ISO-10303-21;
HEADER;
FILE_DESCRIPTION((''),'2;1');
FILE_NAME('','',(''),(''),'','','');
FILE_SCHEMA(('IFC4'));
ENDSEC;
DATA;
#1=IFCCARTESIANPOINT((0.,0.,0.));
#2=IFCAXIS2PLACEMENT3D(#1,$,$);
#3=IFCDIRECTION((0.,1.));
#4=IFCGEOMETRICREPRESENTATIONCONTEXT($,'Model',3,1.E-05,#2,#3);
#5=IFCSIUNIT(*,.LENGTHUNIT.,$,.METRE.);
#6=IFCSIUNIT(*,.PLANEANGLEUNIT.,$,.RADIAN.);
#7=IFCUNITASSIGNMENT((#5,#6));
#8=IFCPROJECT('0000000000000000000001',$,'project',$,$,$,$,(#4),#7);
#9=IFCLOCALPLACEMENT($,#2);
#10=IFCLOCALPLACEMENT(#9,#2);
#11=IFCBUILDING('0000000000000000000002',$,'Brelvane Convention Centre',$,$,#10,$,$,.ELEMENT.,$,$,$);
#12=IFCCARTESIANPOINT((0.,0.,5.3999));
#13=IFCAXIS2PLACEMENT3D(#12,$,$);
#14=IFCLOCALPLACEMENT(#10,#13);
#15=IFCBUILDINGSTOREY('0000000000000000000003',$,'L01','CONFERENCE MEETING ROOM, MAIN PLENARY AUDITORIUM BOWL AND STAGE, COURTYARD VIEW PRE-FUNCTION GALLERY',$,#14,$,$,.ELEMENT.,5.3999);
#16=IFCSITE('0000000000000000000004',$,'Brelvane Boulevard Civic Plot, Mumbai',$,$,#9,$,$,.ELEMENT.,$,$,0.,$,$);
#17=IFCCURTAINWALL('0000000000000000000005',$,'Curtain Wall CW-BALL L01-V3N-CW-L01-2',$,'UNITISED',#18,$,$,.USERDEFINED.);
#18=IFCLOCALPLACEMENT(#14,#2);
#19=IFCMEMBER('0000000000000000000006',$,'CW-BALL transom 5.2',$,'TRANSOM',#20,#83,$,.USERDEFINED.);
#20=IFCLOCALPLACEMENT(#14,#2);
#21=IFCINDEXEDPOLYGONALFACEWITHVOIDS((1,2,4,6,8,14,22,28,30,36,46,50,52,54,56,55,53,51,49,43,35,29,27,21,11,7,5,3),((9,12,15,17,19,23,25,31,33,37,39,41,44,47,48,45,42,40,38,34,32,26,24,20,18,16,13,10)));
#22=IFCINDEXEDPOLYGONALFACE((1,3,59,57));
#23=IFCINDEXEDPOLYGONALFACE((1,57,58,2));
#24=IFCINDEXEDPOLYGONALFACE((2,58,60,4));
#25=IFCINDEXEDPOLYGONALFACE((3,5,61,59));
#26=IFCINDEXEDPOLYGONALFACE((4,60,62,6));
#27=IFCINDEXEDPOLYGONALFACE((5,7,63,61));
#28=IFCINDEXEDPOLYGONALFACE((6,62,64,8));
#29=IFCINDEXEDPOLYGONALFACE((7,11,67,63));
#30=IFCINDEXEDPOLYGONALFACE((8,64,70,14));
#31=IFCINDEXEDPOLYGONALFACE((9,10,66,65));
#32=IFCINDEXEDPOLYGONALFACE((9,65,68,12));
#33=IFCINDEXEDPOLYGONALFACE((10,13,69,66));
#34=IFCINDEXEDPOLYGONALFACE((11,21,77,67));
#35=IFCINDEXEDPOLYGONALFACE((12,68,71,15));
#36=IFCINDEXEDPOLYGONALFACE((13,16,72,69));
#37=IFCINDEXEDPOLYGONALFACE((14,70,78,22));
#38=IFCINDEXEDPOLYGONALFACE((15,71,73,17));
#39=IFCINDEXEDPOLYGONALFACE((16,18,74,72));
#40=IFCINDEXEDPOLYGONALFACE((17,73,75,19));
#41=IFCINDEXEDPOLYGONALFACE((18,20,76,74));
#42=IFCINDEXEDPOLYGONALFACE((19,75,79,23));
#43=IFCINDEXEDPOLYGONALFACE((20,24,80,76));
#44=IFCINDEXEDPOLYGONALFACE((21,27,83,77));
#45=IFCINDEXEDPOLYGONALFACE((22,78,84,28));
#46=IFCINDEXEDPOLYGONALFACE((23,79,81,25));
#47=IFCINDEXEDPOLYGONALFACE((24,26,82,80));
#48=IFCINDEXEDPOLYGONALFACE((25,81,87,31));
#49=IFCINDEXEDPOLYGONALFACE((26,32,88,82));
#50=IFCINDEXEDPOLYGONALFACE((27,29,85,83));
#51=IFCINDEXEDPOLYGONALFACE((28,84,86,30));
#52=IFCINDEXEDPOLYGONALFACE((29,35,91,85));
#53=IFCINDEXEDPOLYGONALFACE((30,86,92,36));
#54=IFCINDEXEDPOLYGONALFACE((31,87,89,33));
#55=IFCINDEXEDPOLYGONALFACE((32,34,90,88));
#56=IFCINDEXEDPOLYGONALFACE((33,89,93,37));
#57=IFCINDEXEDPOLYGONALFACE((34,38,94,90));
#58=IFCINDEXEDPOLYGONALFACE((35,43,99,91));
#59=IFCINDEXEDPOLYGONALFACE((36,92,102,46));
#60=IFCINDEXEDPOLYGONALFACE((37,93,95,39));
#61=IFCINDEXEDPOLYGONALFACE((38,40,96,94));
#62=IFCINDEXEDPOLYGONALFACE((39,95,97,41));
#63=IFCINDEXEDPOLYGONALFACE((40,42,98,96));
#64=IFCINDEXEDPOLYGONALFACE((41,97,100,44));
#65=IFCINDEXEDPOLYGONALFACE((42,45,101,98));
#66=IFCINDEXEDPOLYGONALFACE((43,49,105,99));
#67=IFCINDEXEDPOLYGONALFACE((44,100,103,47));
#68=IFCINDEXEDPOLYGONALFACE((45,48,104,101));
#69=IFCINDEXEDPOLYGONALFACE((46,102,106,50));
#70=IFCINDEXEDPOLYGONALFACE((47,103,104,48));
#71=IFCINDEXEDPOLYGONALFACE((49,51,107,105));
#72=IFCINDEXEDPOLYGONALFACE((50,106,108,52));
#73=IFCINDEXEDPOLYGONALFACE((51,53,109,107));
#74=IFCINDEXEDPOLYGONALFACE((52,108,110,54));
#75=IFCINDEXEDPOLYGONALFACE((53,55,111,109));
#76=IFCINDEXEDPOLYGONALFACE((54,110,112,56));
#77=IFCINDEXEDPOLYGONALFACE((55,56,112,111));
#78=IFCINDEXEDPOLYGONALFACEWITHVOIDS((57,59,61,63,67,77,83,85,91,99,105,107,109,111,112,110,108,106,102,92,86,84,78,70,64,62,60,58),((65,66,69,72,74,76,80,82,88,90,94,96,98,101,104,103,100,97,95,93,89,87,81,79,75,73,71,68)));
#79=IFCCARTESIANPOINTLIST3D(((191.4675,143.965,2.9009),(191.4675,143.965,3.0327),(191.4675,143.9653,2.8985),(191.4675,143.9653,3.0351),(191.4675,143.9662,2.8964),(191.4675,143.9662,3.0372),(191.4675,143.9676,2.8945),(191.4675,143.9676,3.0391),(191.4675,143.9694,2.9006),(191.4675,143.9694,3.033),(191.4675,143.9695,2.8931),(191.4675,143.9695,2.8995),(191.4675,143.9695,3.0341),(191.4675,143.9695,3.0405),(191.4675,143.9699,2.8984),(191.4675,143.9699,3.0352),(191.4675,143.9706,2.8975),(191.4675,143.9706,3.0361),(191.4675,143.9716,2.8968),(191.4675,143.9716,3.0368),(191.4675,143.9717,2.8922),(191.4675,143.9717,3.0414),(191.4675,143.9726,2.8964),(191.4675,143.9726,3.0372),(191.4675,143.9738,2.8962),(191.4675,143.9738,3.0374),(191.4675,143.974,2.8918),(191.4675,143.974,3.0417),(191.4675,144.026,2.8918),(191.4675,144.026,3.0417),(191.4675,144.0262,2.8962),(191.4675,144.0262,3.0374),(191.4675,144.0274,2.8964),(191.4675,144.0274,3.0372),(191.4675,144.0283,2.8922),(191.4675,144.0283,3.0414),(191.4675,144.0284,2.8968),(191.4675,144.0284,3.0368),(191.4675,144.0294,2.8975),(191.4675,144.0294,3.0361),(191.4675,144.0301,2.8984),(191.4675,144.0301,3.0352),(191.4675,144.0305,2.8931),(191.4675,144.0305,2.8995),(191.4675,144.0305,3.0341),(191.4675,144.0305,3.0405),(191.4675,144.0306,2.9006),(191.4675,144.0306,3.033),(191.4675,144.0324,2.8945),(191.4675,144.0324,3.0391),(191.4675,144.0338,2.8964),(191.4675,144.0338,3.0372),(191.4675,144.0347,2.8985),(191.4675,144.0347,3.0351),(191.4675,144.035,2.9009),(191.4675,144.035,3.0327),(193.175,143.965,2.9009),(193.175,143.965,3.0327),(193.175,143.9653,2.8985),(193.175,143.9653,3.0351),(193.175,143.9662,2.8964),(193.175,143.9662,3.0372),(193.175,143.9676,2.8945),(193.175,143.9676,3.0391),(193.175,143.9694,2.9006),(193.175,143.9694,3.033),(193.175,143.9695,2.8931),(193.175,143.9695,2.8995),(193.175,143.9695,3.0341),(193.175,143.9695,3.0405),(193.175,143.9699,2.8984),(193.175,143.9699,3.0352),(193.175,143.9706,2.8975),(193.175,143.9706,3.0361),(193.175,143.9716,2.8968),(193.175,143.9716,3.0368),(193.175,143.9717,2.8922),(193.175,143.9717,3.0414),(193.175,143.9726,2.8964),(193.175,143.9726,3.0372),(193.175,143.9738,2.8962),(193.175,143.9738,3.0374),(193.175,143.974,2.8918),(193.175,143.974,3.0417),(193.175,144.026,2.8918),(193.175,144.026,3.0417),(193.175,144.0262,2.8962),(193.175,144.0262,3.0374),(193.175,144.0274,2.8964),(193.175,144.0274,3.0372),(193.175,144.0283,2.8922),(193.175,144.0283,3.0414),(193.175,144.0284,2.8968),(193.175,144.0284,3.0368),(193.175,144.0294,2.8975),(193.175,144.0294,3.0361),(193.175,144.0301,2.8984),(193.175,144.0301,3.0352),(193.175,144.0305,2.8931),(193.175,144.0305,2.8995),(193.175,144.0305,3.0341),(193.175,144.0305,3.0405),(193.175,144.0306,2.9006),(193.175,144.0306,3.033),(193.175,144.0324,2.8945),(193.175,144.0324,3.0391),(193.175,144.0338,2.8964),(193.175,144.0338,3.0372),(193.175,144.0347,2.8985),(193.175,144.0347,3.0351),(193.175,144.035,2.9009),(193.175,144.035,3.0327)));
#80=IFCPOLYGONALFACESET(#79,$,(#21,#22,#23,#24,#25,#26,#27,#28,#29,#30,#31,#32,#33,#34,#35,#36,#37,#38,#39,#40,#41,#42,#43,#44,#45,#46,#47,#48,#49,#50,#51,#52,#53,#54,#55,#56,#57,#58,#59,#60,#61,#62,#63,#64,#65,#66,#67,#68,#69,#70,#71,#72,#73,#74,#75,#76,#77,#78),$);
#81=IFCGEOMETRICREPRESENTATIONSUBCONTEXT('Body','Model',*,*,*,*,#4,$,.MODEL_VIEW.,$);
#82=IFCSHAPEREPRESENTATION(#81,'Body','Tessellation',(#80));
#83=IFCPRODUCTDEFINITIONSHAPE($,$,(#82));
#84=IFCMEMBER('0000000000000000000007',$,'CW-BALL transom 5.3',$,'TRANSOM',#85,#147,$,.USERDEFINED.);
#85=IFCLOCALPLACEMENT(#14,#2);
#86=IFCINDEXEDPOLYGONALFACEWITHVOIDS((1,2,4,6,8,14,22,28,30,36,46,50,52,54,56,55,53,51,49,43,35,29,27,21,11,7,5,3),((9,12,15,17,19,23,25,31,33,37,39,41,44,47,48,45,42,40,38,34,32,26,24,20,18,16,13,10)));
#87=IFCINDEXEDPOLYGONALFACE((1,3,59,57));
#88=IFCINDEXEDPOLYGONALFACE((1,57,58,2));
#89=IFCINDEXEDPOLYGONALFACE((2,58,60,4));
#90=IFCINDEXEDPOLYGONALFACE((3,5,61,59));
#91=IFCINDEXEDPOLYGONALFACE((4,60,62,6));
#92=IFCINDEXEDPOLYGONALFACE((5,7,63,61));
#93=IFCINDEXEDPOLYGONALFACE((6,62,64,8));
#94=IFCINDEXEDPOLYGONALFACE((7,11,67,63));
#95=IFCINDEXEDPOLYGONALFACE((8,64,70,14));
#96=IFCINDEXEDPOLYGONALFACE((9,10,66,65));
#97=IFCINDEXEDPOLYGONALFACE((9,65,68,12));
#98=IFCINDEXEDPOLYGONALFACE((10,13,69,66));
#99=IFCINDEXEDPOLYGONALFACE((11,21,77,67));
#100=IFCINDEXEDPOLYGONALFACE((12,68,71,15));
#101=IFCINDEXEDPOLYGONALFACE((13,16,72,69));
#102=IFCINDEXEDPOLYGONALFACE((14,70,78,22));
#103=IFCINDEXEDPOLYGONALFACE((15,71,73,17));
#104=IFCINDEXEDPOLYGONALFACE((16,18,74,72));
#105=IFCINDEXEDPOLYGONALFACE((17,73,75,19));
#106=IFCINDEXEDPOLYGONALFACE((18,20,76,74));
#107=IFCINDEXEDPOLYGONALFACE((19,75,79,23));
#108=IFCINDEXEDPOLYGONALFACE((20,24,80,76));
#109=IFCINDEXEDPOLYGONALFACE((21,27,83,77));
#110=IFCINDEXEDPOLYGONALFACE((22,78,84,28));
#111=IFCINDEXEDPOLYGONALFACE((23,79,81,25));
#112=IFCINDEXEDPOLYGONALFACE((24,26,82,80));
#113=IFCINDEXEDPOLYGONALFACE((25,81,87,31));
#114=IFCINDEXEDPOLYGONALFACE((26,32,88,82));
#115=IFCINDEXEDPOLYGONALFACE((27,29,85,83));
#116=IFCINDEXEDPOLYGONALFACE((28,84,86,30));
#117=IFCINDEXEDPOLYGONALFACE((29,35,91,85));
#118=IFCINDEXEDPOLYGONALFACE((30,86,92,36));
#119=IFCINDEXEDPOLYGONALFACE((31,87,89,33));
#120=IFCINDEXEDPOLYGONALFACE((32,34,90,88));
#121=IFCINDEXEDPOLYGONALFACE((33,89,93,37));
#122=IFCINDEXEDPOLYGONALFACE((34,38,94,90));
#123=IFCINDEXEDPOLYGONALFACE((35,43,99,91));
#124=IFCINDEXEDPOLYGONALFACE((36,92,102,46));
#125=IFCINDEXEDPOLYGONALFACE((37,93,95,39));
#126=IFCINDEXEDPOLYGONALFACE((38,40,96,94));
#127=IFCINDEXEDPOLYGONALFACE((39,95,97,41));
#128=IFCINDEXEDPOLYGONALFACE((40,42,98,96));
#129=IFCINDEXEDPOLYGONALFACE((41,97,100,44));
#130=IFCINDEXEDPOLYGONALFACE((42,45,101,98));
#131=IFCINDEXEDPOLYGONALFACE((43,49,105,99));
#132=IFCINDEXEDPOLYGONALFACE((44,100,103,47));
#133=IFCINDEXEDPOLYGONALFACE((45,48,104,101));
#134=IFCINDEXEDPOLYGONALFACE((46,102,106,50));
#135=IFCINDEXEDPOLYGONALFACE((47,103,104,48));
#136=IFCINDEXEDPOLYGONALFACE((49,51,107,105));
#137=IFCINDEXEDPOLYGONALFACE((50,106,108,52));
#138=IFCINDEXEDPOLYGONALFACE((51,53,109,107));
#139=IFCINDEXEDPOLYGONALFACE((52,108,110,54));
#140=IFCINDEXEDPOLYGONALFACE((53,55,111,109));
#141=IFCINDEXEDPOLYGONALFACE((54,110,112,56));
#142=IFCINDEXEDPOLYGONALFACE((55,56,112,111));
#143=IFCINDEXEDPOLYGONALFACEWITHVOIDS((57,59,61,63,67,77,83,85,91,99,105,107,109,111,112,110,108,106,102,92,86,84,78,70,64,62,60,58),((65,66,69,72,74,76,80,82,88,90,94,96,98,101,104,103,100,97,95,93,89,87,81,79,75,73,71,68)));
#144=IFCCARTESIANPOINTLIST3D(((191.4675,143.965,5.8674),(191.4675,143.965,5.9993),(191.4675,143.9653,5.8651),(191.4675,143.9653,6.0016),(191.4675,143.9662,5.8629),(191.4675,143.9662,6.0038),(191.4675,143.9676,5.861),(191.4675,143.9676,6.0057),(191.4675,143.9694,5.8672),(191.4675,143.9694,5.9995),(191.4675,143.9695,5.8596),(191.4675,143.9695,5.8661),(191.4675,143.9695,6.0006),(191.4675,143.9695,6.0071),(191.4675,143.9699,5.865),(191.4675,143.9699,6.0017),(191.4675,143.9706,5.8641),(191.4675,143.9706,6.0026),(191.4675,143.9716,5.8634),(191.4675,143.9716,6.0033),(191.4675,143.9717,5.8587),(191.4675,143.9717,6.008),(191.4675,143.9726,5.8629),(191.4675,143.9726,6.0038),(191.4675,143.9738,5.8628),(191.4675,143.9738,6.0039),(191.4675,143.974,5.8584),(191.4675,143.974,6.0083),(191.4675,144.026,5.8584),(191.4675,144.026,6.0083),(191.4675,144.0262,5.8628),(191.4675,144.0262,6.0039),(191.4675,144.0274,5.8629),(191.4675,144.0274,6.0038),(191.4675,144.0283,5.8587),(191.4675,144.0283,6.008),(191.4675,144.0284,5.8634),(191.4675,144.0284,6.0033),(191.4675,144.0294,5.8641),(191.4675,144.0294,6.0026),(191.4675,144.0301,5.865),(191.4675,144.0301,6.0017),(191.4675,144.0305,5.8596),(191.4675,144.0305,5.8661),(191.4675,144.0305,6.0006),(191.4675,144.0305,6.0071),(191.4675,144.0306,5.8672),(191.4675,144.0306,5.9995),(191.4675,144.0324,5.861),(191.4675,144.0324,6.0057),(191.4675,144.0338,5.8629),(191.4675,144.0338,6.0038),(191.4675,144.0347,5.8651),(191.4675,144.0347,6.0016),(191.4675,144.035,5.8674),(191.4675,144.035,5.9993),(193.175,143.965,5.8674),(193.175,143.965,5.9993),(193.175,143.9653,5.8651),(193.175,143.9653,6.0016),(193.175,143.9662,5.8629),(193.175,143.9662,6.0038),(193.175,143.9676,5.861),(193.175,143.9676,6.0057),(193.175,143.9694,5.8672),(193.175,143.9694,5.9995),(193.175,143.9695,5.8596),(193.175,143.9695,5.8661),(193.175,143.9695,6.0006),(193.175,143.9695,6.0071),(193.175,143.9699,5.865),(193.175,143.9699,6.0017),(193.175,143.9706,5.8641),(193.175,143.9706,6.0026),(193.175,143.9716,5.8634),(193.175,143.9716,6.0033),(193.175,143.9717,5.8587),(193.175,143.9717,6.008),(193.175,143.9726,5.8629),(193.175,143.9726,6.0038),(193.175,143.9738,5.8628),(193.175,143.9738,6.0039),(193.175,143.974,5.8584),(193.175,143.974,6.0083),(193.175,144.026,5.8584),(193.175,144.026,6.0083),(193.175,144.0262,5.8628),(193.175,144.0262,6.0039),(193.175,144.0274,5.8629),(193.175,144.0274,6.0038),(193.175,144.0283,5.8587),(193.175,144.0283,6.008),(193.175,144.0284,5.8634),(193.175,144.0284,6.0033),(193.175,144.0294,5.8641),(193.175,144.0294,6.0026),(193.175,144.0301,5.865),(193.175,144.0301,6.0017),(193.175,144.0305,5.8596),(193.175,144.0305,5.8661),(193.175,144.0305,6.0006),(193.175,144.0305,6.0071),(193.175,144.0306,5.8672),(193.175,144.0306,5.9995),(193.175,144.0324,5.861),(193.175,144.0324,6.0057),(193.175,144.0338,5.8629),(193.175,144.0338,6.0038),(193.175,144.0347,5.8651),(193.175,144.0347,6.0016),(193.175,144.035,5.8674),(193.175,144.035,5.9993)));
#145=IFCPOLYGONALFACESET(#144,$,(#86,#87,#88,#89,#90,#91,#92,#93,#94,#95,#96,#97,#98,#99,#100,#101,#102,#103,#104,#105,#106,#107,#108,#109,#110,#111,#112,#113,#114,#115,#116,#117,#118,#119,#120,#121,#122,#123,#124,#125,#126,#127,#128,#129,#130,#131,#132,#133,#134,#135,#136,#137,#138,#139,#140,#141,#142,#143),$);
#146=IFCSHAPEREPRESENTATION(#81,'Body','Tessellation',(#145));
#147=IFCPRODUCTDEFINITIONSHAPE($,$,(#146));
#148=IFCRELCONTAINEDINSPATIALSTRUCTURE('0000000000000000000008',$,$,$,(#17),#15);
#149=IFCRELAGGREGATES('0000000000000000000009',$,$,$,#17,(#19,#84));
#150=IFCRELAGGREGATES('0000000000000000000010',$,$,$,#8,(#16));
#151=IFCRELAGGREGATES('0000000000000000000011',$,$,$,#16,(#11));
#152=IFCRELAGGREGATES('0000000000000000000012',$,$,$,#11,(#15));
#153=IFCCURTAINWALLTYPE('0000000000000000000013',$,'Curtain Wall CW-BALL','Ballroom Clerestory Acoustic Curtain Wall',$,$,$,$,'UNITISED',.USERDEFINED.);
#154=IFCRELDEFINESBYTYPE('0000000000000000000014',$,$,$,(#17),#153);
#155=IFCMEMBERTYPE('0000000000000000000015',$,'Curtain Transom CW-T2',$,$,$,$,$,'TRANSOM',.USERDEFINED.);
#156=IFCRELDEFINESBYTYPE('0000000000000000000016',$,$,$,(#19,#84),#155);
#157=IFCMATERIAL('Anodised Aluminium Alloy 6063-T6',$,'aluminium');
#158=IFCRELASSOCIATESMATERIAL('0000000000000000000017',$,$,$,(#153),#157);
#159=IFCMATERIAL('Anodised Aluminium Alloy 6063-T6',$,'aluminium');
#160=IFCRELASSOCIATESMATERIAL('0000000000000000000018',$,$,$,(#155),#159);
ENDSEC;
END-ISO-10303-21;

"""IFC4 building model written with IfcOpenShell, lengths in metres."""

from ifc_helpers import new_model, si_unit, direction, frame, origin, origin_2d, place, context, subcontext, project, spatial, hollow_rectangle, extrude, material, material_profile, profile_set, type_object, element, aggregate, save


model = new_model("IFC4")

# Units and contexts
model_context = context("Model", 3, precision=1e-05, world=origin(), true_north=direction((0.0, 1.0)))
body_context = subcontext(model_context, "Body", "Model", "MODEL_VIEW")
ifc_project = project(units=[si_unit("LENGTHUNIT", "METRE"), si_unit("PLANEANGLEUNIT", "RADIAN")], contexts=[model_context])

# Site, building, storey
site_placement = place(None, origin())
site = spatial("IfcSite", under=ifc_project, at=site_placement, Name="Brelvane Boulevard Civic Plot, Mumbai", CompositionType="ELEMENT", RefElevation=0.0)
building_placement = place(site_placement, origin())
building = spatial("IfcBuilding", under=site, at=building_placement, Name="Brelvane Convention Centre", CompositionType="ELEMENT")
storey_placement = place(building_placement, frame((0.0, 0.0, 5.3999)))
storey = spatial("IfcBuildingStorey", under=building, at=storey_placement, Name="L01", Description="CONFERENCE MEETING ROOM, MAIN PLENARY AUDITORIUM BOWL AND STAGE, COURTYARD VIEW PRE-FUNCTION GALLERY", CompositionType="ELEMENT", Elevation=5.3999)

# Curtain wall, members
ifc_material_1 = material(Name="Anodised Aluminium Alloy 6063-T6", Category="aluminium")
curtain_wall_type = type_object("IfcCurtainWallType", Name="Curtain Wall CW-BALL", Description="Ballroom Clerestory Acoustic Curtain Wall", ElementType="UNITISED", PredefinedType="USERDEFINED", material=ifc_material_1)
curtain_wall_1_placement = place(storey_placement, origin())
curtain_wall_1 = element("IfcCurtainWall", 1, at=curtain_wall_1_placement, inside=storey, type_object=curtain_wall_type, Name="Curtain Wall CW-BALL L01-V3N-CW-L01-2", ObjectType="UNITISED", PredefinedType="USERDEFINED")
ifc_material_2 = material(Name="Anodised Aluminium Alloy 6063-T6", Category="aluminium")
ifc_material_profile_1 = material_profile(ifc_material_2, hollow_rectangle(XDim=0.0701, YDim=0.1499, WallThickness=0.0044, InnerFilletRadius=0.0044, OuterFilletRadius=0.009, at=origin_2d()), Name="ALU-T 150x70x4.5")
ifc_profile_set_1 = profile_set([ifc_material_profile_1], Name="Anodised Aluminium Alloy 6063-T6")
member_type_1 = type_object("IfcMemberType", Name="Curtain Transom CW-T2", ElementType="TRANSOM", PredefinedType="USERDEFINED", material=ifc_profile_set_1)
member_1_placement = place(storey_placement, frame((191.4675, 144.0, 2.9668), z_axis=(1.0, 0.0, 0.0), x_axis=(0.0, 1.0, 0.0)))
member_1 = element("IfcMember", 2, at=member_1_placement, type_object=member_type_1, Name="CW-BALL transom 5.2", ObjectType="TRANSOM", PredefinedType="USERDEFINED", context=body_context, shape_type="SweptSolid", body=[
    extrude(hollow_rectangle(XDim=0.0701, YDim=0.1499, WallThickness=0.0044, InnerFilletRadius=0.0044, OuterFilletRadius=0.009, at=origin_2d()), origin(), (0.0, 0.0, 1.0), 1.7075),
])
member_2_placement = place(storey_placement, frame((191.4675, 144.0, 5.9333), z_axis=(1.0, 0.0, 0.0), x_axis=(0.0, 1.0, 0.0)))
member_2 = element("IfcMember", 3, at=member_2_placement, type_object=member_type_1, Name="CW-BALL transom 5.3", ObjectType="TRANSOM", PredefinedType="USERDEFINED", context=body_context, shape_type="SweptSolid", body=[
    extrude(hollow_rectangle(XDim=0.0701, YDim=0.1499, WallThickness=0.0044, InnerFilletRadius=0.0044, OuterFilletRadius=0.009, at=origin_2d()), origin(), (0.0, 0.0, 1.0), 1.7075),
])

aggregate(curtain_wall_1, [member_1, member_2])

save(model, "model.ifc")
